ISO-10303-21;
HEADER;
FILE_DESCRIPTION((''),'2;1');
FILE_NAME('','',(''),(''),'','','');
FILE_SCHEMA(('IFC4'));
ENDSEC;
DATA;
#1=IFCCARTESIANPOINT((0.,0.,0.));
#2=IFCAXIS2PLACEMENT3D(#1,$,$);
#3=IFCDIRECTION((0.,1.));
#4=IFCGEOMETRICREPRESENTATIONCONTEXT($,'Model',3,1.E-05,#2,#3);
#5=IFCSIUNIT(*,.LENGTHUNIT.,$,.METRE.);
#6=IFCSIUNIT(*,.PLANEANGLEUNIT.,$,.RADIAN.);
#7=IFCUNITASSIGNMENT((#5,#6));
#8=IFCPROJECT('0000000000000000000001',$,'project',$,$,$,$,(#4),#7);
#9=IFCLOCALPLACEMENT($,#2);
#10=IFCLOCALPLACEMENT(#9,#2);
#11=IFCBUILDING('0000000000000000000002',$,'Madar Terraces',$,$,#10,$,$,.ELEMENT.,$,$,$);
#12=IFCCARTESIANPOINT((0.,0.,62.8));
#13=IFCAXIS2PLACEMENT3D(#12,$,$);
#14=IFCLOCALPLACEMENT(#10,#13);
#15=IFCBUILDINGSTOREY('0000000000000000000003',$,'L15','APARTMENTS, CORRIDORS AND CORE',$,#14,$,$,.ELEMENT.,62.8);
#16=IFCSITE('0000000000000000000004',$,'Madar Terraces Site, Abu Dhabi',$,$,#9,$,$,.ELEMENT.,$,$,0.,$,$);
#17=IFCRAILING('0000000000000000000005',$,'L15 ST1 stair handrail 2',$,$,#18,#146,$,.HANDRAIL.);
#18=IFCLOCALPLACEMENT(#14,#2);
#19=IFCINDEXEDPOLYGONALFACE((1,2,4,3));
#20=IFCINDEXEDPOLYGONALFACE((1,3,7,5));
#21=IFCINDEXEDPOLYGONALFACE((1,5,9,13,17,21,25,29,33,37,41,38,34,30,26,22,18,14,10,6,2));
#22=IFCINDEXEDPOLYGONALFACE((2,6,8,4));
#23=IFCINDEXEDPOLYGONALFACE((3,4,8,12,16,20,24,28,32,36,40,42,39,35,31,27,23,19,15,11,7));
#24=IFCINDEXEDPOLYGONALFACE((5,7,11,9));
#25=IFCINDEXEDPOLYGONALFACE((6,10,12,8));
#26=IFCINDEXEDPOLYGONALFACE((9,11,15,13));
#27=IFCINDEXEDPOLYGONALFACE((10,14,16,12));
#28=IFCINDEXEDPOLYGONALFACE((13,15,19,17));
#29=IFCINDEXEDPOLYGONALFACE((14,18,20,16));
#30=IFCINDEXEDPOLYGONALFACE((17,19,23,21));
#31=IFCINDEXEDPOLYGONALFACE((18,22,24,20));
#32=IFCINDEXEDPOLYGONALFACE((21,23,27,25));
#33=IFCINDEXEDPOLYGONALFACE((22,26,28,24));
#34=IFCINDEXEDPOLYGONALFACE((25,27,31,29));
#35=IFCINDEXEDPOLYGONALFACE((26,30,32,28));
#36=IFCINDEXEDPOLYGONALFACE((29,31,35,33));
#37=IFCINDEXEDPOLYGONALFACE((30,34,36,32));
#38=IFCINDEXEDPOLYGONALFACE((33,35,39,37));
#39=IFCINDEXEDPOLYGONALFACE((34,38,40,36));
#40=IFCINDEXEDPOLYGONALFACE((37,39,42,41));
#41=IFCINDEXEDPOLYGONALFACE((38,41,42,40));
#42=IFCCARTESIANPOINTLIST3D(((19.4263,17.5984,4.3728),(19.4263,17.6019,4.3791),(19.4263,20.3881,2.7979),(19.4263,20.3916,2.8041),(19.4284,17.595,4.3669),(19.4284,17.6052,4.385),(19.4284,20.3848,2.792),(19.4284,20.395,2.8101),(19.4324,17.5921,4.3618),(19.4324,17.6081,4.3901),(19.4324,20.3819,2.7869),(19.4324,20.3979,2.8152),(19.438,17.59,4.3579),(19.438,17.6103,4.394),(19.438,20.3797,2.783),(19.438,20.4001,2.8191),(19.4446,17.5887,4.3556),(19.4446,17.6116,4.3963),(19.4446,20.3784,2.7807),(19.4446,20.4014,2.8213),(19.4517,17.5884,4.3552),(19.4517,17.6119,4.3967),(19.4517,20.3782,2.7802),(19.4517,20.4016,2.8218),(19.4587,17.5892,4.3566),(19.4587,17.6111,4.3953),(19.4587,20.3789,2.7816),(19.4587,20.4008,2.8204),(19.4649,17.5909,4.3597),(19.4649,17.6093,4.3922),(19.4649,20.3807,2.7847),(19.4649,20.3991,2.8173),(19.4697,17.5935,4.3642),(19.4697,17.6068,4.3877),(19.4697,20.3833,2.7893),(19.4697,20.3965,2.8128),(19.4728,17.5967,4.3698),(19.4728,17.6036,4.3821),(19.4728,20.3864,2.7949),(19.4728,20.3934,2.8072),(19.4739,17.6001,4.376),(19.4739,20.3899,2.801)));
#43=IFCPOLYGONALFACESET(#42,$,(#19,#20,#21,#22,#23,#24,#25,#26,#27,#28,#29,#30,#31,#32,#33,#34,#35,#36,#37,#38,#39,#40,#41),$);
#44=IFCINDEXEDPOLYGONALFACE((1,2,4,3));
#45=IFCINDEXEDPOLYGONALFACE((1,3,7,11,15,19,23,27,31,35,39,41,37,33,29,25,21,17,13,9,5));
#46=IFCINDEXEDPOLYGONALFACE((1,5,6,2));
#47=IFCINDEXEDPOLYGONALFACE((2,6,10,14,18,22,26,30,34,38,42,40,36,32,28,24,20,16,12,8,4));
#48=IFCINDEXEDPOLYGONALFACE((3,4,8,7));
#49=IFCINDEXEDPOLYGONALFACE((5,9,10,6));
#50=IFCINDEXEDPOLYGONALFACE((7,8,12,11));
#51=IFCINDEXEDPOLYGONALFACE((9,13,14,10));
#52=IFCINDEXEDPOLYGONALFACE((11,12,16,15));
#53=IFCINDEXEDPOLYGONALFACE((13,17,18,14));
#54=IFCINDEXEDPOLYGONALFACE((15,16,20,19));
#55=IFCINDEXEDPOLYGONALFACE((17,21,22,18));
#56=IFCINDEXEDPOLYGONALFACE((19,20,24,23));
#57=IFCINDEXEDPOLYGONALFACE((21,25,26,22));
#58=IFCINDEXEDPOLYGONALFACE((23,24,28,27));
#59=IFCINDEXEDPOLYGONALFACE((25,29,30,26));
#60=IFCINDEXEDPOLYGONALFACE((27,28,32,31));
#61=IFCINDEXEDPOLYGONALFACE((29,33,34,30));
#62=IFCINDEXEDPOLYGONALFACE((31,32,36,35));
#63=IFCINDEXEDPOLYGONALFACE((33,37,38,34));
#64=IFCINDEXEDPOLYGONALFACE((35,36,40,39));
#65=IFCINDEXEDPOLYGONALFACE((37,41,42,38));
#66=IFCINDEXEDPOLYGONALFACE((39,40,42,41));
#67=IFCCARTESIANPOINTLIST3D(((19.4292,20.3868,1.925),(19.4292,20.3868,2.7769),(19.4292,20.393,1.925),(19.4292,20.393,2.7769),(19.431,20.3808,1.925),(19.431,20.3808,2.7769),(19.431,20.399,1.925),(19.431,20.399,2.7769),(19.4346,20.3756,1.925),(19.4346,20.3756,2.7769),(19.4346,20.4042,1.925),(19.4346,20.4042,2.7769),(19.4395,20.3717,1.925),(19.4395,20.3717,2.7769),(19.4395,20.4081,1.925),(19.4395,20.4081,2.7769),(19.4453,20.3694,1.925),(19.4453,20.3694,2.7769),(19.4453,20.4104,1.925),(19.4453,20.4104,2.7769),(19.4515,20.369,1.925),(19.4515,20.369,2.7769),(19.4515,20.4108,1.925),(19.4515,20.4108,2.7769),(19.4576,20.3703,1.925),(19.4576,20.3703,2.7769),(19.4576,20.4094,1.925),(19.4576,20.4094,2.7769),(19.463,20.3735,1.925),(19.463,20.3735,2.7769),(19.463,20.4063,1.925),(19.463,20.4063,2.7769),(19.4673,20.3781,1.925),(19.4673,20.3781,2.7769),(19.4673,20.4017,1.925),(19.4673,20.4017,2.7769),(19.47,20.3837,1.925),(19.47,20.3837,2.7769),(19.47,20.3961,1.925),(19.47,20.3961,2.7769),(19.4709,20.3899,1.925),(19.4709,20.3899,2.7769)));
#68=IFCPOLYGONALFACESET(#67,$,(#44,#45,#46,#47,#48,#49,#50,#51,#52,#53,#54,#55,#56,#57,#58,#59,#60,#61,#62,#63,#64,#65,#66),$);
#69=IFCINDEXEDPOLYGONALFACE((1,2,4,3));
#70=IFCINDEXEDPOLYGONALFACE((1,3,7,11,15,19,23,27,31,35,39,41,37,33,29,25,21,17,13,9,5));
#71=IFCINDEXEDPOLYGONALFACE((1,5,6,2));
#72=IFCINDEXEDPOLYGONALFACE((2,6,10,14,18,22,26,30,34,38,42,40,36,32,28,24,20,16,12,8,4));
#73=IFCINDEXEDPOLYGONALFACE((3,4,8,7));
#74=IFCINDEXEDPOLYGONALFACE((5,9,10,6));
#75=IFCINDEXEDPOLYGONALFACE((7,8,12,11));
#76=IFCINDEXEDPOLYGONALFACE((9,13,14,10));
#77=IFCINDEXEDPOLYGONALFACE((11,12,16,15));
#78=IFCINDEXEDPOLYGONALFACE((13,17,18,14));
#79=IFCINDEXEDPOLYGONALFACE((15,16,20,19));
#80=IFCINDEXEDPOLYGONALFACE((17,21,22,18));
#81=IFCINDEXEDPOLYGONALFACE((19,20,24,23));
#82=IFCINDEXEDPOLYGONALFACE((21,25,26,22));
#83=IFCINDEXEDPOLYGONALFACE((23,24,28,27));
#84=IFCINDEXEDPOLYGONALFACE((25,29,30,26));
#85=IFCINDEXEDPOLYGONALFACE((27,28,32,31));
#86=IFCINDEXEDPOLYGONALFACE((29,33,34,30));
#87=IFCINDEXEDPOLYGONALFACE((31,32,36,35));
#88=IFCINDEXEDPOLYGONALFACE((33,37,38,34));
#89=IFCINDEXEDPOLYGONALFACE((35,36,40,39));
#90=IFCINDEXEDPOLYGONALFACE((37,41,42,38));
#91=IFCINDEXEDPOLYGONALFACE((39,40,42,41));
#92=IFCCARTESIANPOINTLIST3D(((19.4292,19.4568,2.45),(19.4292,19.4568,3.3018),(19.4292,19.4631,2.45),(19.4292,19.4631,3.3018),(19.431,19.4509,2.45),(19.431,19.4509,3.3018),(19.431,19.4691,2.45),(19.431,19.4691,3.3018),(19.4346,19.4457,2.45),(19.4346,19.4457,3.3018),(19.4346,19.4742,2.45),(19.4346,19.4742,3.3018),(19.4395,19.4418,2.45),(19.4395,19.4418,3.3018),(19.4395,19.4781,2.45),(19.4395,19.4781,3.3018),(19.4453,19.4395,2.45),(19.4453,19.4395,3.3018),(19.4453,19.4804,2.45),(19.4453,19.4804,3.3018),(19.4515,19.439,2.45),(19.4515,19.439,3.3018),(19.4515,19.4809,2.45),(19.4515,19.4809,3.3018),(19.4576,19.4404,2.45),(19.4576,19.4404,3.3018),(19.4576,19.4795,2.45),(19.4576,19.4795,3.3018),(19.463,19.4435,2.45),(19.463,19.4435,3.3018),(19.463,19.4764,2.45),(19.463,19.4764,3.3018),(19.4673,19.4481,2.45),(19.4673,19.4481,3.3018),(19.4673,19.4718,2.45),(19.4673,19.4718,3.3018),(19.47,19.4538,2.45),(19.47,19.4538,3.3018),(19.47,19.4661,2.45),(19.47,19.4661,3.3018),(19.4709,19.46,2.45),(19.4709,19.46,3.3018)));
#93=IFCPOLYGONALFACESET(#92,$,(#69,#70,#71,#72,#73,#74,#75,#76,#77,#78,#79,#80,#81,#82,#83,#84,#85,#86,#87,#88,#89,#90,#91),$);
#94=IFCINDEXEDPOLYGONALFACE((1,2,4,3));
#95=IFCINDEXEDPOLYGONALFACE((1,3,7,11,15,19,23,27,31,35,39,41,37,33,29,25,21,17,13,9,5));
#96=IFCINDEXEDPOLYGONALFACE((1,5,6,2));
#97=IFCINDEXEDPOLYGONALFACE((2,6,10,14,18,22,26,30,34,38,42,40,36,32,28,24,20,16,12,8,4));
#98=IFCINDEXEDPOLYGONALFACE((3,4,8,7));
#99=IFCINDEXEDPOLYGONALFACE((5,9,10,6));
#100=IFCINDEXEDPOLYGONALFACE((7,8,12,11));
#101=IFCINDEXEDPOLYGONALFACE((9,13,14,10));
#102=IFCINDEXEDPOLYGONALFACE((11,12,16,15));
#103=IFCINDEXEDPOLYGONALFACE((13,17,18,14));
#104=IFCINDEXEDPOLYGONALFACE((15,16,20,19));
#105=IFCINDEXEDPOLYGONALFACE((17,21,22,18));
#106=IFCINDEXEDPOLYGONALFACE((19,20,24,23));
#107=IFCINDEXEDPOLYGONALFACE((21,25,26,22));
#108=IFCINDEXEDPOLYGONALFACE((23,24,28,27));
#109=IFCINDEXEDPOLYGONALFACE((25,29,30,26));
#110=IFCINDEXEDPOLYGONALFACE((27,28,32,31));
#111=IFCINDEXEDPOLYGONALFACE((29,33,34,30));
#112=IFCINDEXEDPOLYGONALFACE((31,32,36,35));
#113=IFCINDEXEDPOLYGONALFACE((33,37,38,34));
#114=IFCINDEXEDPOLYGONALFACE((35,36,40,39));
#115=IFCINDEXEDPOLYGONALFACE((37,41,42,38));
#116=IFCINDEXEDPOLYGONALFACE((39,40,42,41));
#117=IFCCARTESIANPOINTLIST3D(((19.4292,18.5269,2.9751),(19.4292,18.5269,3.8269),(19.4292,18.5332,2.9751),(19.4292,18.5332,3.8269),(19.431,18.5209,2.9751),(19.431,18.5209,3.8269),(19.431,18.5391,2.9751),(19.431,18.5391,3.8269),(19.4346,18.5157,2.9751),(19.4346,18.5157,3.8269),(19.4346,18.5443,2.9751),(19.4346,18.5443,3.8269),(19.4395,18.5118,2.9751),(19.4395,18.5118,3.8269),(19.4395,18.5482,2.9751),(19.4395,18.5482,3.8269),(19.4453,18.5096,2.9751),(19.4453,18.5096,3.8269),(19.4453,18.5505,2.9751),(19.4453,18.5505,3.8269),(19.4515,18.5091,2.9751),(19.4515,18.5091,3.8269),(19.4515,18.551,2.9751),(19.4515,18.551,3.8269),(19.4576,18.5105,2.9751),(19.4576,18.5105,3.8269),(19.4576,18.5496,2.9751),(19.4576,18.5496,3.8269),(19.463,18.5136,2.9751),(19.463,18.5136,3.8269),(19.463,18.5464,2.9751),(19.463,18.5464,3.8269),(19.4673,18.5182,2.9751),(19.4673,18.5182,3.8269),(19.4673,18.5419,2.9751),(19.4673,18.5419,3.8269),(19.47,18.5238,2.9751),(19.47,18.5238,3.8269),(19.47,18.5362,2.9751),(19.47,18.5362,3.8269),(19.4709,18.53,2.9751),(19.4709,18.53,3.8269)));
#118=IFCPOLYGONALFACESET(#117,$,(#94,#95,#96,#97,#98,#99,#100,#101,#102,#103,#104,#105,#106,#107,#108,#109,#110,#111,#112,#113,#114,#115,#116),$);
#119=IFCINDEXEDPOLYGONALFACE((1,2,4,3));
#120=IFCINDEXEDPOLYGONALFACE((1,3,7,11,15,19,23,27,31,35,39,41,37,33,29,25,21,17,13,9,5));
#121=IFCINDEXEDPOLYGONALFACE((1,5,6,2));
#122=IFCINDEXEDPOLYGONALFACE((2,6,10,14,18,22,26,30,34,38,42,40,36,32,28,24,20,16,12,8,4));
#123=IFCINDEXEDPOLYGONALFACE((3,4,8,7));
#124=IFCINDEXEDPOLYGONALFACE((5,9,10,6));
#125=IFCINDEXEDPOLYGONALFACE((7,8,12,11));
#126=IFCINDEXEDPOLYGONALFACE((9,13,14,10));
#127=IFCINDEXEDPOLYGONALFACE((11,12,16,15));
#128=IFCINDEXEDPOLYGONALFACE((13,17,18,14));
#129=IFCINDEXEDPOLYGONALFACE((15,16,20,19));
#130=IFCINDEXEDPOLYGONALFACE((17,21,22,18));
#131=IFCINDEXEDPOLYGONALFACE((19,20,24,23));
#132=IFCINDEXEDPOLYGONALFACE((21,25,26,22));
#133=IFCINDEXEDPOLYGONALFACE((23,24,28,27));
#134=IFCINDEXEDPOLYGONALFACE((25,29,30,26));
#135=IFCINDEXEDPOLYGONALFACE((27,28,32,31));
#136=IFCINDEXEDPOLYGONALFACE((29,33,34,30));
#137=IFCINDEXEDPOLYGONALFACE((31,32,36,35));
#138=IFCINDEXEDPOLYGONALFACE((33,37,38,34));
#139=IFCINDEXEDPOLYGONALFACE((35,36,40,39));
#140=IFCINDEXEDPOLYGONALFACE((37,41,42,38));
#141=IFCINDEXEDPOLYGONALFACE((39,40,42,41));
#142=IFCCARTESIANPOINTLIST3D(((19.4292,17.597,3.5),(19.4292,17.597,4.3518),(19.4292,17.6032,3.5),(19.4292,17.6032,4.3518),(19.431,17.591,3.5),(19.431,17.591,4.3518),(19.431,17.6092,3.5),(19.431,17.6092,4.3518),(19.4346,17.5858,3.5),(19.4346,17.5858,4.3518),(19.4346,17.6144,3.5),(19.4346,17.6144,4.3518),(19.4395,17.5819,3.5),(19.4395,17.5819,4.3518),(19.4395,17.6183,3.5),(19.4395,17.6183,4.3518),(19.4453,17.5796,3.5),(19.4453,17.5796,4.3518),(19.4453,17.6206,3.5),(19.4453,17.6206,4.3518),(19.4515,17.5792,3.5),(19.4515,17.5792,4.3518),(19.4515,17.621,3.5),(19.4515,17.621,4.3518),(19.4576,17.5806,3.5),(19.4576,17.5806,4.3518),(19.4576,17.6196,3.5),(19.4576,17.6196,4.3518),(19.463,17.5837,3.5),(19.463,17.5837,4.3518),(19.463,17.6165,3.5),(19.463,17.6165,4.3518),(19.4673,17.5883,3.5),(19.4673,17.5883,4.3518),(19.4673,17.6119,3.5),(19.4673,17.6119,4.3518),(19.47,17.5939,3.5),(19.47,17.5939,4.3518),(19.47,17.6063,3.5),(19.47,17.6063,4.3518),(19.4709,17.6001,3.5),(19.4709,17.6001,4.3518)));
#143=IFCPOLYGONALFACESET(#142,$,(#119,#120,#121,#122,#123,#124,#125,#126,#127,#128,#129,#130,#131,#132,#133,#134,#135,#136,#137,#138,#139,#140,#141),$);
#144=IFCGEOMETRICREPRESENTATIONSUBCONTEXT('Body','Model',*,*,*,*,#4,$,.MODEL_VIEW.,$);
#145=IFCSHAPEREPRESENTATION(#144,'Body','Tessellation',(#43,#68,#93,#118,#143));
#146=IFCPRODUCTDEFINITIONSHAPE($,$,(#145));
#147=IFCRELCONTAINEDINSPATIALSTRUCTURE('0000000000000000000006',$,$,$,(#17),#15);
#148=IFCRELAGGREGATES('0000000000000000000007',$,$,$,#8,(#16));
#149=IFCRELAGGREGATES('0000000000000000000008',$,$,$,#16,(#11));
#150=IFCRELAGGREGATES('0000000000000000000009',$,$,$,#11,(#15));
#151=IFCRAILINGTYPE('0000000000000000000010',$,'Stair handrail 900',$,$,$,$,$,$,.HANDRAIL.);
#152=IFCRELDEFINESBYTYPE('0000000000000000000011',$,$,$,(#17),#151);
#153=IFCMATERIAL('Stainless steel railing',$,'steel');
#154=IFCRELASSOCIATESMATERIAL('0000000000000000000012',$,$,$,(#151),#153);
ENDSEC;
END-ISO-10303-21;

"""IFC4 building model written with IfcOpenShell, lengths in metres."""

from ifc_helpers import new_model, si_unit, direction, frame, origin, origin_2d, place, context, subcontext, project, spatial, circle, extrude, material, type_object, element, save


model = new_model("IFC4")

# Units and contexts
model_context = context("Model", 3, precision=1e-05, world=origin(), true_north=direction((0.0, 1.0)))
body_context = subcontext(model_context, "Body", "Model", "MODEL_VIEW")
ifc_project = project(units=[si_unit("LENGTHUNIT", "METRE"), si_unit("PLANEANGLEUNIT", "RADIAN")], contexts=[model_context])

# Site, building, storey
site_placement = place(None, origin())
site = spatial("IfcSite", under=ifc_project, at=site_placement, Name="Madar Terraces Site, Abu Dhabi", CompositionType="ELEMENT", RefElevation=0.0)
building_placement = place(site_placement, origin())
building = spatial("IfcBuilding", under=site, at=building_placement, Name="Madar Terraces", CompositionType="ELEMENT")
storey_placement = place(building_placement, frame((0.0, 0.0, 62.8)))
storey = spatial("IfcBuildingStorey", under=building, at=storey_placement, Name="L15", Description="APARTMENTS, CORRIDORS AND CORE", CompositionType="ELEMENT", Elevation=62.8)

# Railing
ifc_material_1 = material(Name="Stainless steel railing", Category="steel")
railing_type_1 = type_object("IfcRailingType", Name="Stair handrail 900", PredefinedType="HANDRAIL", material=ifc_material_1)
railing_1_placement = place(storey_placement, frame((19.45, 20.3899, 1.925)))
element("IfcRailing", 1, at=railing_1_placement, inside=storey, type_object=railing_type_1, Name="L15 ST1 stair handrail 2", PredefinedType="HANDRAIL", context=body_context, shape_type="SweptSolid", body=[
    extrude(circle(Radius=0.0239, at=origin_2d()), frame((0.0, 0.0, 0.876), z_axis=(0.0, -0.870815, 0.49161), x_axis=(1.0, 0.0, 0.0)), (0.0, 0.0, 1.0), 3.2036),
    extrude(circle(Radius=0.021, at=origin_2d()), origin(), (0.0, 0.0, 1.0), 0.8518),
    extrude(circle(Radius=0.021, at=origin_2d()), frame((0.0, -0.9299, 0.5249)), (0.0, 0.0, 1.0), 0.8518),
    extrude(circle(Radius=0.021, at=origin_2d()), frame((0.0, -1.8599, 1.05)), (0.0, 0.0, 1.0), 0.8518),
    extrude(circle(Radius=0.021, at=origin_2d()), frame((0.0, -2.7898, 1.575)), (0.0, 0.0, 1.0), 0.8518),
])

save(model, "model.ifc")
